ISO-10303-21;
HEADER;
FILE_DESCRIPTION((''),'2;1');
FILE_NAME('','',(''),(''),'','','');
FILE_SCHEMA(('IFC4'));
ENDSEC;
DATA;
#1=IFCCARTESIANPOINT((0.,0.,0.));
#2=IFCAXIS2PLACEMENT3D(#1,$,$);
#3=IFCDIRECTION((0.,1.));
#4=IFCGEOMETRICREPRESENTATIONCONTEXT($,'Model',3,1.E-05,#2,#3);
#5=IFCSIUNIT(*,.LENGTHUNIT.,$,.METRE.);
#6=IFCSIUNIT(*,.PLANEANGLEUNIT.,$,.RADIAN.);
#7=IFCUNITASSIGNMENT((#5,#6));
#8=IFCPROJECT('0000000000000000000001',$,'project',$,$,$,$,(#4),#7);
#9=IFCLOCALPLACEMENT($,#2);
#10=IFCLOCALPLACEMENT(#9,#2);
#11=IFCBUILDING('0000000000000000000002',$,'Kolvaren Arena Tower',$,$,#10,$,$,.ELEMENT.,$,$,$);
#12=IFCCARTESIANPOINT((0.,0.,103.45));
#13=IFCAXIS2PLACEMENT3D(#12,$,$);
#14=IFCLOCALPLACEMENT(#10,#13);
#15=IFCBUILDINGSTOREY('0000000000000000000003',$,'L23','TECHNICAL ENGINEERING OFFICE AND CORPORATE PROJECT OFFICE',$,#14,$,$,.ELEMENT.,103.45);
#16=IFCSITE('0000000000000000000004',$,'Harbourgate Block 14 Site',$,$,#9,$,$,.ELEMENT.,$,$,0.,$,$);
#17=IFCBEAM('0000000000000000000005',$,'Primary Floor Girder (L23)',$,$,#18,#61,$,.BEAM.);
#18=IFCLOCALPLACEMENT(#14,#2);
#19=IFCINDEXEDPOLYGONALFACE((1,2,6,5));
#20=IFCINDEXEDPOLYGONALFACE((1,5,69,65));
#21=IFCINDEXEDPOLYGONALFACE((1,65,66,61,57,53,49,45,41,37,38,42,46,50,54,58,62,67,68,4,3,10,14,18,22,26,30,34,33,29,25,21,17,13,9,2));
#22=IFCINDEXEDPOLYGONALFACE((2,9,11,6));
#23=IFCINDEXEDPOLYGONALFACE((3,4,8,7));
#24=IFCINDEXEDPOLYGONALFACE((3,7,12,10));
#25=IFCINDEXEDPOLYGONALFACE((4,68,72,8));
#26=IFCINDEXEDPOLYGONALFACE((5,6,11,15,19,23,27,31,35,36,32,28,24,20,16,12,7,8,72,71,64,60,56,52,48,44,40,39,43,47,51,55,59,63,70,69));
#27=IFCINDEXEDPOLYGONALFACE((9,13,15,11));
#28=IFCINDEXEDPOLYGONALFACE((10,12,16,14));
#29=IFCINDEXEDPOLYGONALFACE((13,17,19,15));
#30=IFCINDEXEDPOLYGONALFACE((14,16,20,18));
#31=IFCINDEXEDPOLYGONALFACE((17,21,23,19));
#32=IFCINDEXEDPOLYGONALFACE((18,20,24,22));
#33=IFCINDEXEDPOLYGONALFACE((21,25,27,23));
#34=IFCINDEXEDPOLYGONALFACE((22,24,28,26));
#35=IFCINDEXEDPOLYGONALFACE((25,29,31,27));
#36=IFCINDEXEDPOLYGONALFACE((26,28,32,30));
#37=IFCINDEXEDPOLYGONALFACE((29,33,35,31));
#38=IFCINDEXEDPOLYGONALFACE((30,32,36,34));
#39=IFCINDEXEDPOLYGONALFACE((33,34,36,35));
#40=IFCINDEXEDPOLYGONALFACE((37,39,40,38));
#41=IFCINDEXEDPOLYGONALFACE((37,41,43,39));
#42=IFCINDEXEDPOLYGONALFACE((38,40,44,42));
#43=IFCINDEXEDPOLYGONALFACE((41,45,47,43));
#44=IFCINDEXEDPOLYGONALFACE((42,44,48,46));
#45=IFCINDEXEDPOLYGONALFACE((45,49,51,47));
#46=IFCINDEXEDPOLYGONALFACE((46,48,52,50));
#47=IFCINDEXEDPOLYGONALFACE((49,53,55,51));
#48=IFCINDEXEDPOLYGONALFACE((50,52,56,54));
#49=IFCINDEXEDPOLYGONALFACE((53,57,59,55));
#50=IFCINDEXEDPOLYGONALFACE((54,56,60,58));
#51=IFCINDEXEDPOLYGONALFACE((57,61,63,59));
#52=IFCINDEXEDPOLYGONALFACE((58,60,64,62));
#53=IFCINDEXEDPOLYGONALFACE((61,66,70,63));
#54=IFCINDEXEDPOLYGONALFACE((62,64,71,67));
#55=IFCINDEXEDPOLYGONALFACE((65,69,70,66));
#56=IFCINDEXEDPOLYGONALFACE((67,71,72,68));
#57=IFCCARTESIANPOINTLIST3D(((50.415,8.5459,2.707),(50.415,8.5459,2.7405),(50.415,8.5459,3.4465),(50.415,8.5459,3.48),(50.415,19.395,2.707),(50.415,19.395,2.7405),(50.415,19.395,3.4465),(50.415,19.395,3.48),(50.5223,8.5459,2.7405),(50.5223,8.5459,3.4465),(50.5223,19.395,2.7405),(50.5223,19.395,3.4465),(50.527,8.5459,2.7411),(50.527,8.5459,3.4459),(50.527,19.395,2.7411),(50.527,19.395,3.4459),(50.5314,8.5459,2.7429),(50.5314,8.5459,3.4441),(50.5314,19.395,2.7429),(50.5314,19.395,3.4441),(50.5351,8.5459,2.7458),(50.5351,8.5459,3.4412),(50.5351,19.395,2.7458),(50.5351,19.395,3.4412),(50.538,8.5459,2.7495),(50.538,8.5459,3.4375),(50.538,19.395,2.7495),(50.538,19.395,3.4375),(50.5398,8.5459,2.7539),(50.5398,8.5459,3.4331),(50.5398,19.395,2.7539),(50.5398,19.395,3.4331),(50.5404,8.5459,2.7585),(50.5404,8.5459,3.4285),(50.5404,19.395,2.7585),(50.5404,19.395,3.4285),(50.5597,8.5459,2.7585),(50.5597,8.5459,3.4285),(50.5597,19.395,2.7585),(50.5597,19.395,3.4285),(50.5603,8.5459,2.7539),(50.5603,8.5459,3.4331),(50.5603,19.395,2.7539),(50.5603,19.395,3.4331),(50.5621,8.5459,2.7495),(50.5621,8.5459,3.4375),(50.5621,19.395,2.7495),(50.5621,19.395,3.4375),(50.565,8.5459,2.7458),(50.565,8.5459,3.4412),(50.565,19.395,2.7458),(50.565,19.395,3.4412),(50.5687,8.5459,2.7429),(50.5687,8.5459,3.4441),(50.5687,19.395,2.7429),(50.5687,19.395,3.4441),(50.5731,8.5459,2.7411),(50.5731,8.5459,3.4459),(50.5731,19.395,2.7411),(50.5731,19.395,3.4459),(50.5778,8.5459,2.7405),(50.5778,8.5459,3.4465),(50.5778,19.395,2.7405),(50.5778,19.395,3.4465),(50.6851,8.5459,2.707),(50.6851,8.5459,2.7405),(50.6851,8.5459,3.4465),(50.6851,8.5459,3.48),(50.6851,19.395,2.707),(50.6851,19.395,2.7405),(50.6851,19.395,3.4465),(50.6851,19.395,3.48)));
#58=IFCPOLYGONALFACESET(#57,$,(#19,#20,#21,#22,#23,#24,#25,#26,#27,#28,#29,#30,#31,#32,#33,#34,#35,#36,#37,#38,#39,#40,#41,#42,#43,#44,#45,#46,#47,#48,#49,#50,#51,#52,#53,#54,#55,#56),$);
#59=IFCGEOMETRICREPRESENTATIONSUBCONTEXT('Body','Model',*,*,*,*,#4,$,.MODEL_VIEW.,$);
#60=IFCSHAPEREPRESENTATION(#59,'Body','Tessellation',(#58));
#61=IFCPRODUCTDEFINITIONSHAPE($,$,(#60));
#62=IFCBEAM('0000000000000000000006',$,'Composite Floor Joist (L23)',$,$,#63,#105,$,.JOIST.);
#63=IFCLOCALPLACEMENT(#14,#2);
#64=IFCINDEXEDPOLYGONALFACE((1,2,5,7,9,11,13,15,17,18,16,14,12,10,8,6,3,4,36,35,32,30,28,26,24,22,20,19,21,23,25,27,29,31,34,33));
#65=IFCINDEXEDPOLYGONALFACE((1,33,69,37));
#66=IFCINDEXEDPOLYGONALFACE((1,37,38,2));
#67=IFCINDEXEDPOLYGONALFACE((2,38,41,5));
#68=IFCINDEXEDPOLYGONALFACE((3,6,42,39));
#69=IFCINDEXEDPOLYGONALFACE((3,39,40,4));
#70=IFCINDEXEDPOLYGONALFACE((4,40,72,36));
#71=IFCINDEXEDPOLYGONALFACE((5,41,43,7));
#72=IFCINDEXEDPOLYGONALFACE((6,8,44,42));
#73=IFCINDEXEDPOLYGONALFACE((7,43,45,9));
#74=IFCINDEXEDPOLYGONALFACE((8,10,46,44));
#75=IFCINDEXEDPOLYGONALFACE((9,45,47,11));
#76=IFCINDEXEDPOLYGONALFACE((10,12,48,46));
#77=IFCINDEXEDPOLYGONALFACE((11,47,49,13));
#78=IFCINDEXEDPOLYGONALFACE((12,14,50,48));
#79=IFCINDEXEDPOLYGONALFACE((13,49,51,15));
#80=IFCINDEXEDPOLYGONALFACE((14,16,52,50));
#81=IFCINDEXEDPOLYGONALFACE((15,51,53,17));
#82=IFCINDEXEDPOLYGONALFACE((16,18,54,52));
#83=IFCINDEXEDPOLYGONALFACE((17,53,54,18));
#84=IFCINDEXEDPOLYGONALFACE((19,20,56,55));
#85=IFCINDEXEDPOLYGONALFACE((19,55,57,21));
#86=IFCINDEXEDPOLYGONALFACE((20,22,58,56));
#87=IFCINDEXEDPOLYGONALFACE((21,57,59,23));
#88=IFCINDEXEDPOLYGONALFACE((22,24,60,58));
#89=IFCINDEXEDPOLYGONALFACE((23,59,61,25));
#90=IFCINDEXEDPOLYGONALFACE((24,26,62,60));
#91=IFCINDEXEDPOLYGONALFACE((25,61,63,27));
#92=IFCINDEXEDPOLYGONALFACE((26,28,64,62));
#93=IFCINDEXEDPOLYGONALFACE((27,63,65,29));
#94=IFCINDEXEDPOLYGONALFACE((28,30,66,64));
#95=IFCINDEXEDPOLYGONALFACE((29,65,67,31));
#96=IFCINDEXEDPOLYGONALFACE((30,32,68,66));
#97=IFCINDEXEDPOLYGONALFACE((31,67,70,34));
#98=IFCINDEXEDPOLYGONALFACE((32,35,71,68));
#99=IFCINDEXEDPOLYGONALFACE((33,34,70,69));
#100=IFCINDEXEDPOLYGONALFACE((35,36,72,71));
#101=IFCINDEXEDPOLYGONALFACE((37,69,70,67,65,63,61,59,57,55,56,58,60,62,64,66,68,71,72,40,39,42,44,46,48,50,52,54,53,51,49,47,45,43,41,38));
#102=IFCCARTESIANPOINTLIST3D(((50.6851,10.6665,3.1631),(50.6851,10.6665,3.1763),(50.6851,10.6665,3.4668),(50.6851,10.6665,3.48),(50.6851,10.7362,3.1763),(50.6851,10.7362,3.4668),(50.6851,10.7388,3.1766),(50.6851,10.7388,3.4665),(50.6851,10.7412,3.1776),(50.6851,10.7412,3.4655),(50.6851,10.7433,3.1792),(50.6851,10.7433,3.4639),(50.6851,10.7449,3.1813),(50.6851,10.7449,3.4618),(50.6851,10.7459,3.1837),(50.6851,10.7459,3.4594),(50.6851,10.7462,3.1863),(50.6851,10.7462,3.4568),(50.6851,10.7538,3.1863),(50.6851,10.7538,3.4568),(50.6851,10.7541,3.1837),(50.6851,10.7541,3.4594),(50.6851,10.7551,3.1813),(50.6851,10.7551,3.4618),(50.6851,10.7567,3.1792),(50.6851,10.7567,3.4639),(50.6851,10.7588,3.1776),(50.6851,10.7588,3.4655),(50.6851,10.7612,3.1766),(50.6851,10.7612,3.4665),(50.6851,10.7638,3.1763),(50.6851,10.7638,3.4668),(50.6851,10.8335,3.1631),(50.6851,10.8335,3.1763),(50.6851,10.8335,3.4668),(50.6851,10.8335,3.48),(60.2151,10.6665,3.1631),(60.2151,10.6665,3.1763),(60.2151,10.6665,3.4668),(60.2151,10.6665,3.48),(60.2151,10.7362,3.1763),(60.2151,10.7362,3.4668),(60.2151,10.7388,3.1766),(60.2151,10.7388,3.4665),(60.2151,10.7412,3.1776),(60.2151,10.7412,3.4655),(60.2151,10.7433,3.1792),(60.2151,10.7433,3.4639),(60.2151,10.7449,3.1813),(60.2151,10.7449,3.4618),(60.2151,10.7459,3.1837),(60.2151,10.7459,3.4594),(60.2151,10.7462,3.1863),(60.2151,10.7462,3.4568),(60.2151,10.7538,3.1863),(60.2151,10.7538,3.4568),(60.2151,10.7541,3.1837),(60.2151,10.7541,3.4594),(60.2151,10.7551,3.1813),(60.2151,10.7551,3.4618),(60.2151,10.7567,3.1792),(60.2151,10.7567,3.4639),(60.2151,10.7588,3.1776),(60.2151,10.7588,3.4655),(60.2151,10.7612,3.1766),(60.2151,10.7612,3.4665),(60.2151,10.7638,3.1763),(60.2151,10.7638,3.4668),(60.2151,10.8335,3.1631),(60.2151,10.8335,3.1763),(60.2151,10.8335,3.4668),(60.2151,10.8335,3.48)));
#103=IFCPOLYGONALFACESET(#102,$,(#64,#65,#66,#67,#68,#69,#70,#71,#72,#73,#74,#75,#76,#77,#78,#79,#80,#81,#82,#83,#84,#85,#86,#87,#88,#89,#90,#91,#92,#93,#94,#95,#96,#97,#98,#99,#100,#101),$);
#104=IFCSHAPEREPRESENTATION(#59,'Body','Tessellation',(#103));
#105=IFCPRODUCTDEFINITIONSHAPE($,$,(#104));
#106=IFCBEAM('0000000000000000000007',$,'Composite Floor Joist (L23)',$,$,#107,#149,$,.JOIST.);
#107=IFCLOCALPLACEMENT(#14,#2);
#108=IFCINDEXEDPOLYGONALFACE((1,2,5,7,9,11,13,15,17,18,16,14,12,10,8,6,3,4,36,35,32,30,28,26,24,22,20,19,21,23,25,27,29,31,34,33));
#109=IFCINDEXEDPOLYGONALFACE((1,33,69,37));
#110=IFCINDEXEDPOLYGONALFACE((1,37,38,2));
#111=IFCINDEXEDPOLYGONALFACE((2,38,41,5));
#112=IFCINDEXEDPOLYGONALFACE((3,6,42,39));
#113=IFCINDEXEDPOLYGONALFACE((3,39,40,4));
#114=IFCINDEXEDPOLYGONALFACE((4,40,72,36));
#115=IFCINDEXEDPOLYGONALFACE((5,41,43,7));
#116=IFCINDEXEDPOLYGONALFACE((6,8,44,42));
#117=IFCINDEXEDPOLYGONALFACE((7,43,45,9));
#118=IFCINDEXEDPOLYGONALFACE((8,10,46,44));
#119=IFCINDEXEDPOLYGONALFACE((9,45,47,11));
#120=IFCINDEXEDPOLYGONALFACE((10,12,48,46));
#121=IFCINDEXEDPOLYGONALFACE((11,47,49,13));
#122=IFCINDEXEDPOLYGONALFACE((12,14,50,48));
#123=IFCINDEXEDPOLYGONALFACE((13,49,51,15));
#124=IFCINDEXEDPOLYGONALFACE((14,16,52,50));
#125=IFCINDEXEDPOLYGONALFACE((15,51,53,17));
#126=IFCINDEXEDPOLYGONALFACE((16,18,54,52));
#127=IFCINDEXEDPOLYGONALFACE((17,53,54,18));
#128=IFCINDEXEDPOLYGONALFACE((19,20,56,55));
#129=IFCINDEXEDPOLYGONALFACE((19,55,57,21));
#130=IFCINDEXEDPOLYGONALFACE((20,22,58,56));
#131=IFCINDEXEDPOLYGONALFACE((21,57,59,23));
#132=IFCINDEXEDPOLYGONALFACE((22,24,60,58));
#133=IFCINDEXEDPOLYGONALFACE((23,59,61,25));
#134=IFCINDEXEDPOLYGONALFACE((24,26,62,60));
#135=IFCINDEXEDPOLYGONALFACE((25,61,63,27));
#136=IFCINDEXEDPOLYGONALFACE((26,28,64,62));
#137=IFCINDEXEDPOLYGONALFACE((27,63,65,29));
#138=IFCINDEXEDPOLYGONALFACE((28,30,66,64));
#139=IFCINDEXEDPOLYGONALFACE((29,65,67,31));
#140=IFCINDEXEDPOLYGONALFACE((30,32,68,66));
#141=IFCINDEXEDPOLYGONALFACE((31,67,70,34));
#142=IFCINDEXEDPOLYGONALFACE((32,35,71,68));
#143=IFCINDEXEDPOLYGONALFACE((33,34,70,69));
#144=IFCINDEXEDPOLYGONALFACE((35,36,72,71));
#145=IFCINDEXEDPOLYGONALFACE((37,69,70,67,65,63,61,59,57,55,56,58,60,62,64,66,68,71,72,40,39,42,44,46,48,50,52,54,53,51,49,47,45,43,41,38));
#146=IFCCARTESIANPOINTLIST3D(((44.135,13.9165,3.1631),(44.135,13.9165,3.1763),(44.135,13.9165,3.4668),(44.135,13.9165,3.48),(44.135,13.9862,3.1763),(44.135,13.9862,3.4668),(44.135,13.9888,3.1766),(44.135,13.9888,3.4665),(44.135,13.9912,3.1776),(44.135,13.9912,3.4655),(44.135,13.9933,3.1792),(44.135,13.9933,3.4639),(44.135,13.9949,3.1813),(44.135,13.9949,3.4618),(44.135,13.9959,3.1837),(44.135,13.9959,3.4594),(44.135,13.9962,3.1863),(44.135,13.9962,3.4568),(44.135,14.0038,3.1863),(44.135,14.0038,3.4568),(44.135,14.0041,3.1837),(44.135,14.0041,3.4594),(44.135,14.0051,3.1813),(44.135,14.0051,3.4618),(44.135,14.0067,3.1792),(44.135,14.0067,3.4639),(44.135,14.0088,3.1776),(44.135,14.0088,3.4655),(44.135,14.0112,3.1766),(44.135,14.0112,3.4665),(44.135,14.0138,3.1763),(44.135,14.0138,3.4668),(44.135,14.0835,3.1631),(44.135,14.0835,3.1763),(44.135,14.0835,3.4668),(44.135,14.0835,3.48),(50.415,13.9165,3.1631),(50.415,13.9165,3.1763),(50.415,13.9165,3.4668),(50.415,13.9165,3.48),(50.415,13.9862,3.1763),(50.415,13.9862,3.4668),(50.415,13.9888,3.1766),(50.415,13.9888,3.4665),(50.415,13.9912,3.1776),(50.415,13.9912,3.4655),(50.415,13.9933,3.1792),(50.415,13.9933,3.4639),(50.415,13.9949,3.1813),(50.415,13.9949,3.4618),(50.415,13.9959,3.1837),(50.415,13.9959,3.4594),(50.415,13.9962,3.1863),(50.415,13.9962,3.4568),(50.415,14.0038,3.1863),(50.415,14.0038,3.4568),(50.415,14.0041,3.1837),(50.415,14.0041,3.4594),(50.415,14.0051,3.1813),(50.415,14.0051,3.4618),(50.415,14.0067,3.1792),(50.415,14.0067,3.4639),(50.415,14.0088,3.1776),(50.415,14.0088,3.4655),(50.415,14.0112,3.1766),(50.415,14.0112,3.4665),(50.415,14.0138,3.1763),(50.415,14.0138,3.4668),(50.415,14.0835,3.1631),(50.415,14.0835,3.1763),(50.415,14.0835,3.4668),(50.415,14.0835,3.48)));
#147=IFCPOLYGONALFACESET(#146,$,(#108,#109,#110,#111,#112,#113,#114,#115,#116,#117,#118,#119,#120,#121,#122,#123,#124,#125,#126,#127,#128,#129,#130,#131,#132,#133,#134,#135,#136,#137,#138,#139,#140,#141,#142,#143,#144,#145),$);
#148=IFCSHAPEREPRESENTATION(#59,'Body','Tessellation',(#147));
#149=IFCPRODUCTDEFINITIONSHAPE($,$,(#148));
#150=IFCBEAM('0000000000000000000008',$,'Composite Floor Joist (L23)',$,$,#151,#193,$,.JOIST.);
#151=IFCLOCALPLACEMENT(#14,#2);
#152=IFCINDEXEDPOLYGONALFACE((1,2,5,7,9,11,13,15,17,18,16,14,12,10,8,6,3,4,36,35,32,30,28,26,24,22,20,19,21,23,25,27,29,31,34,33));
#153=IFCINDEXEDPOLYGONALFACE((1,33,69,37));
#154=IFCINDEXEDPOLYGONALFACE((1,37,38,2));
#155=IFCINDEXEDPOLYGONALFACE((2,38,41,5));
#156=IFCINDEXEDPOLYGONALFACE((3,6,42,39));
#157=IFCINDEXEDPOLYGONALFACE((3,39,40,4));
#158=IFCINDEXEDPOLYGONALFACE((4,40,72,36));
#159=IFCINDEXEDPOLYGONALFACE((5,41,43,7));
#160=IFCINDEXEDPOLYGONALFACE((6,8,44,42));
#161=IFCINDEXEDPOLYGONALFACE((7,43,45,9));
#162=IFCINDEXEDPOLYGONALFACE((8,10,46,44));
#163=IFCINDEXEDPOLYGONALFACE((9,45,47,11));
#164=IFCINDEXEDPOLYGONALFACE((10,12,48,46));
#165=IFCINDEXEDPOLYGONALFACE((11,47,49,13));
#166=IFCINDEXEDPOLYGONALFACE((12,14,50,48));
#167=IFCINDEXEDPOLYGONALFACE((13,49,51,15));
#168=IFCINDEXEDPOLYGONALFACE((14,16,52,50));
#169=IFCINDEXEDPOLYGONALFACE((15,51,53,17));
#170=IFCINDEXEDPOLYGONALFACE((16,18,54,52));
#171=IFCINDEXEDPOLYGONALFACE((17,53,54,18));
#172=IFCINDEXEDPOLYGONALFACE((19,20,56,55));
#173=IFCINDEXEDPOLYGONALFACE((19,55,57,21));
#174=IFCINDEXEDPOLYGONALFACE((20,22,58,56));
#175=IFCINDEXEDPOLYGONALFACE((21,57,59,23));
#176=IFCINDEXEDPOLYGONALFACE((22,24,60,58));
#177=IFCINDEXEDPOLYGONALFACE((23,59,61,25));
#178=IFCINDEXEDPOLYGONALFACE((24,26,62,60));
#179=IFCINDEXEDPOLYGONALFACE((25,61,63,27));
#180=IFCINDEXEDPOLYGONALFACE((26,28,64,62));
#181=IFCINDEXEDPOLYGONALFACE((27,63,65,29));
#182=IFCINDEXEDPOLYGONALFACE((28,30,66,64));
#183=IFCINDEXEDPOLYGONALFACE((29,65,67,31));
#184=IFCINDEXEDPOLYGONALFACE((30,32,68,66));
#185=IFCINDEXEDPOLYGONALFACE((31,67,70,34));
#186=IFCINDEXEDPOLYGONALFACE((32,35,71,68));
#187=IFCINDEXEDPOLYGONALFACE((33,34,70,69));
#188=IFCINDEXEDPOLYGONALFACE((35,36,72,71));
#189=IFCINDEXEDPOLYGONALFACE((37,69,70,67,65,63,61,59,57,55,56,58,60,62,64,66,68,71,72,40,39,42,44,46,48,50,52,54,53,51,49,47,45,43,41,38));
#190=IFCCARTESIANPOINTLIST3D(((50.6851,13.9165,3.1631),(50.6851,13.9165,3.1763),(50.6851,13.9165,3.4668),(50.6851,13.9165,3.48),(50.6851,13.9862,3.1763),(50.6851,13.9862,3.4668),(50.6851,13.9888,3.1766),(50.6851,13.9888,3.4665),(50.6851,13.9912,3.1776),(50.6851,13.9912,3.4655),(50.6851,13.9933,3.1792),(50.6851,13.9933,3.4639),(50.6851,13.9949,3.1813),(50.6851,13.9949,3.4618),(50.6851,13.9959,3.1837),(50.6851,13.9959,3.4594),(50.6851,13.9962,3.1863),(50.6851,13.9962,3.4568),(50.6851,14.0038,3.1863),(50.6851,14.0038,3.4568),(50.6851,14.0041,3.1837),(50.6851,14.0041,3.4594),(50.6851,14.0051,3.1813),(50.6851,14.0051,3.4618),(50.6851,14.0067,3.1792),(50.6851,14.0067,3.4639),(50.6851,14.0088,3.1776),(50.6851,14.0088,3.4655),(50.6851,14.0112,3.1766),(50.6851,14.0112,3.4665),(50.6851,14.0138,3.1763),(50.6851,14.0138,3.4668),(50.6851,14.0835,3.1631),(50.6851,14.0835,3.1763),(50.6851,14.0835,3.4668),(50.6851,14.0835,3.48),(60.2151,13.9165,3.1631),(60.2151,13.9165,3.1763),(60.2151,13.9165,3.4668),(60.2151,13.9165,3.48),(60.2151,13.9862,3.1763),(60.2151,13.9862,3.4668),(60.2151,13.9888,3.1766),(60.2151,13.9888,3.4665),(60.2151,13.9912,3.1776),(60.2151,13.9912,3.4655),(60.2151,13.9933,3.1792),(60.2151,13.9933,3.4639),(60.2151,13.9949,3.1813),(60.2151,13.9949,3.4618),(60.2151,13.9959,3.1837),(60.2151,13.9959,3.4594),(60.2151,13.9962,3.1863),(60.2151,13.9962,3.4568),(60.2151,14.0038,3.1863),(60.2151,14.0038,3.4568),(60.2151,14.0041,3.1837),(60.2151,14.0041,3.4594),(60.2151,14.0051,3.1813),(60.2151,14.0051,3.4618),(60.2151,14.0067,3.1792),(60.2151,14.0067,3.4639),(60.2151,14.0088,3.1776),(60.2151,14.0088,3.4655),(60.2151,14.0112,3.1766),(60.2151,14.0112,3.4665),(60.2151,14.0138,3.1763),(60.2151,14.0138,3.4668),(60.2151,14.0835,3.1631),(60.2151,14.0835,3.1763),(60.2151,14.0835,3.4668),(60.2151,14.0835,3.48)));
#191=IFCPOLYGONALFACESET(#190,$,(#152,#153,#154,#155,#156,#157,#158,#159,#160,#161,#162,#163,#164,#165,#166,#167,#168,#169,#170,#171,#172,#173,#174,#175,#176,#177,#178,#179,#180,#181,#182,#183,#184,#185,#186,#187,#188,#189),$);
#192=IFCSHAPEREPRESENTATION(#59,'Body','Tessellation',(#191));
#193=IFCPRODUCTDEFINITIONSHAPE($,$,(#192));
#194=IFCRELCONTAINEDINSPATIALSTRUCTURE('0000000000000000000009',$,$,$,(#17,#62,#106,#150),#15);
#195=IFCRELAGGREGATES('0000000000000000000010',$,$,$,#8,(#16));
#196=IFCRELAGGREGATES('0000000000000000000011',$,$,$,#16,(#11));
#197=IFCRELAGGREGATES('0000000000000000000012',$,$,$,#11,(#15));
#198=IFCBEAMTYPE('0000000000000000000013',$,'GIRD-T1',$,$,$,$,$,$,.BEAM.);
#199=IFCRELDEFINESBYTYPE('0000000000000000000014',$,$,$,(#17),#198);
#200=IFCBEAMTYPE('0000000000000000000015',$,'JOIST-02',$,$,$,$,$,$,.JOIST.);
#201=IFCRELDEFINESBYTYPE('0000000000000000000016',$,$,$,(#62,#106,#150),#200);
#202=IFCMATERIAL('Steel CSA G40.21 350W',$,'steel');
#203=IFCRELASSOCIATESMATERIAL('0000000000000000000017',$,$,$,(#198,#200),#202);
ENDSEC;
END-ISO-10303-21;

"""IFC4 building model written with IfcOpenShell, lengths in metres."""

from ifc_helpers import new_model, si_unit, direction, frame, origin, origin_2d, place, context, subcontext, project, spatial, i_section, extrude, material, material_profile, profile_set, type_object, element, save


model = new_model("IFC4")

# Units and contexts
model_context = context("Model", 3, precision=1e-05, world=origin(), true_north=direction((0.0, 1.0)))
body_context = subcontext(model_context, "Body", "Model", "MODEL_VIEW")
ifc_project = project(units=[si_unit("LENGTHUNIT", "METRE"), si_unit("PLANEANGLEUNIT", "RADIAN")], contexts=[model_context])

# Site, building, storey
site_placement = place(None, origin())
site = spatial("IfcSite", under=ifc_project, at=site_placement, Name="Harbourgate Block 14 Site", CompositionType="ELEMENT", RefElevation=0.0)
building_placement = place(site_placement, origin())
building = spatial("IfcBuilding", under=site, at=building_placement, Name="Kolvaren Arena Tower", CompositionType="ELEMENT")
storey_placement = place(building_placement, frame((0.0, 0.0, 103.45)))
storey = spatial("IfcBuildingStorey", under=building, at=storey_placement, Name="L23", Description="TECHNICAL ENGINEERING OFFICE AND CORPORATE PROJECT OFFICE", CompositionType="ELEMENT", Elevation=103.45)

# Beams
ifc_material_1 = material(Name="Steel CSA G40.21 350W", Category="steel")
ifc_material_profile_1 = material_profile(ifc_material_1, i_section(OverallWidth=0.27, OverallDepth=0.7729, WebThickness=0.0193, FlangeThickness=0.0334, FilletRadius=0.0181, at=origin_2d()), Name="W760x257")
ifc_profile_set_1 = profile_set([ifc_material_profile_1], Name="Steel CSA G40.21 350W")
beam_type_1 = type_object("IfcBeamType", Name="GIRD-T1", PredefinedType="BEAM", material=ifc_profile_set_1)
beam_1_placement = place(storey_placement, frame((50.55, 8.5459, 3.0935), z_axis=(0.0, 1.0, 0.0), x_axis=(-1.0, 0.0, 0.0)))
element("IfcBeam", 1, at=beam_1_placement, inside=storey, type_object=beam_type_1, Name="Primary Floor Girder (L23)", PredefinedType="BEAM", context=body_context, shape_type="SweptSolid", body=[
    extrude(i_section(OverallWidth=0.27, OverallDepth=0.7729, WebThickness=0.0193, FlangeThickness=0.0334, FilletRadius=0.0181, at=origin_2d()), origin(), (0.0, 0.0, 1.0), 10.8491),
])
ifc_material_profile_2 = material_profile(ifc_material_1, i_section(OverallWidth=0.167, OverallDepth=0.3169, WebThickness=0.0076, FlangeThickness=0.0132, FilletRadius=0.01, at=origin_2d()), Name="W310x52")
ifc_profile_set_2 = profile_set([ifc_material_profile_2], Name="Steel CSA G40.21 350W")
beam_type_2 = type_object("IfcBeamType", Name="JOIST-02", PredefinedType="JOIST", material=ifc_profile_set_2)
beam_2_placement = place(storey_placement, frame((50.6851, 10.75, 3.3215), z_axis=(1.0, 0.0, 0.0), x_axis=(0.0, 1.0, 0.0)))
element("IfcBeam", 2, at=beam_2_placement, inside=storey, type_object=beam_type_2, Name="Composite Floor Joist (L23)", PredefinedType="JOIST", context=body_context, shape_type="SweptSolid", body=[
    extrude(i_section(OverallWidth=0.167, OverallDepth=0.3169, WebThickness=0.0076, FlangeThickness=0.0132, FilletRadius=0.01, at=origin_2d()), origin(), (0.0, 0.0, 1.0), 9.53),
])
beam_3_placement = place(storey_placement, frame((44.135, 14.0, 3.3215), z_axis=(1.0, 0.0, 0.0), x_axis=(0.0, 1.0, 0.0)))
element("IfcBeam", 3, at=beam_3_placement, inside=storey, type_object=beam_type_2, Name="Composite Floor Joist (L23)", PredefinedType="JOIST", context=body_context, shape_type="SweptSolid", body=[
    extrude(i_section(OverallWidth=0.167, OverallDepth=0.3169, WebThickness=0.0076, FlangeThickness=0.0132, FilletRadius=0.01, at=origin_2d()), origin(), (0.0, 0.0, 1.0), 6.28),
])
beam_4_placement = place(storey_placement, frame((50.6851, 14.0, 3.3215), z_axis=(1.0, 0.0, 0.0), x_axis=(0.0, 1.0, 0.0)))
element("IfcBeam", 4, at=beam_4_placement, inside=storey, type_object=beam_type_2, Name="Composite Floor Joist (L23)", PredefinedType="JOIST", context=body_context, shape_type="SweptSolid", body=[
    extrude(i_section(OverallWidth=0.167, OverallDepth=0.3169, WebThickness=0.0076, FlangeThickness=0.0132, FilletRadius=0.01, at=origin_2d()), origin(), (0.0, 0.0, 1.0), 9.53),
])

save(model, "model.ifc")
